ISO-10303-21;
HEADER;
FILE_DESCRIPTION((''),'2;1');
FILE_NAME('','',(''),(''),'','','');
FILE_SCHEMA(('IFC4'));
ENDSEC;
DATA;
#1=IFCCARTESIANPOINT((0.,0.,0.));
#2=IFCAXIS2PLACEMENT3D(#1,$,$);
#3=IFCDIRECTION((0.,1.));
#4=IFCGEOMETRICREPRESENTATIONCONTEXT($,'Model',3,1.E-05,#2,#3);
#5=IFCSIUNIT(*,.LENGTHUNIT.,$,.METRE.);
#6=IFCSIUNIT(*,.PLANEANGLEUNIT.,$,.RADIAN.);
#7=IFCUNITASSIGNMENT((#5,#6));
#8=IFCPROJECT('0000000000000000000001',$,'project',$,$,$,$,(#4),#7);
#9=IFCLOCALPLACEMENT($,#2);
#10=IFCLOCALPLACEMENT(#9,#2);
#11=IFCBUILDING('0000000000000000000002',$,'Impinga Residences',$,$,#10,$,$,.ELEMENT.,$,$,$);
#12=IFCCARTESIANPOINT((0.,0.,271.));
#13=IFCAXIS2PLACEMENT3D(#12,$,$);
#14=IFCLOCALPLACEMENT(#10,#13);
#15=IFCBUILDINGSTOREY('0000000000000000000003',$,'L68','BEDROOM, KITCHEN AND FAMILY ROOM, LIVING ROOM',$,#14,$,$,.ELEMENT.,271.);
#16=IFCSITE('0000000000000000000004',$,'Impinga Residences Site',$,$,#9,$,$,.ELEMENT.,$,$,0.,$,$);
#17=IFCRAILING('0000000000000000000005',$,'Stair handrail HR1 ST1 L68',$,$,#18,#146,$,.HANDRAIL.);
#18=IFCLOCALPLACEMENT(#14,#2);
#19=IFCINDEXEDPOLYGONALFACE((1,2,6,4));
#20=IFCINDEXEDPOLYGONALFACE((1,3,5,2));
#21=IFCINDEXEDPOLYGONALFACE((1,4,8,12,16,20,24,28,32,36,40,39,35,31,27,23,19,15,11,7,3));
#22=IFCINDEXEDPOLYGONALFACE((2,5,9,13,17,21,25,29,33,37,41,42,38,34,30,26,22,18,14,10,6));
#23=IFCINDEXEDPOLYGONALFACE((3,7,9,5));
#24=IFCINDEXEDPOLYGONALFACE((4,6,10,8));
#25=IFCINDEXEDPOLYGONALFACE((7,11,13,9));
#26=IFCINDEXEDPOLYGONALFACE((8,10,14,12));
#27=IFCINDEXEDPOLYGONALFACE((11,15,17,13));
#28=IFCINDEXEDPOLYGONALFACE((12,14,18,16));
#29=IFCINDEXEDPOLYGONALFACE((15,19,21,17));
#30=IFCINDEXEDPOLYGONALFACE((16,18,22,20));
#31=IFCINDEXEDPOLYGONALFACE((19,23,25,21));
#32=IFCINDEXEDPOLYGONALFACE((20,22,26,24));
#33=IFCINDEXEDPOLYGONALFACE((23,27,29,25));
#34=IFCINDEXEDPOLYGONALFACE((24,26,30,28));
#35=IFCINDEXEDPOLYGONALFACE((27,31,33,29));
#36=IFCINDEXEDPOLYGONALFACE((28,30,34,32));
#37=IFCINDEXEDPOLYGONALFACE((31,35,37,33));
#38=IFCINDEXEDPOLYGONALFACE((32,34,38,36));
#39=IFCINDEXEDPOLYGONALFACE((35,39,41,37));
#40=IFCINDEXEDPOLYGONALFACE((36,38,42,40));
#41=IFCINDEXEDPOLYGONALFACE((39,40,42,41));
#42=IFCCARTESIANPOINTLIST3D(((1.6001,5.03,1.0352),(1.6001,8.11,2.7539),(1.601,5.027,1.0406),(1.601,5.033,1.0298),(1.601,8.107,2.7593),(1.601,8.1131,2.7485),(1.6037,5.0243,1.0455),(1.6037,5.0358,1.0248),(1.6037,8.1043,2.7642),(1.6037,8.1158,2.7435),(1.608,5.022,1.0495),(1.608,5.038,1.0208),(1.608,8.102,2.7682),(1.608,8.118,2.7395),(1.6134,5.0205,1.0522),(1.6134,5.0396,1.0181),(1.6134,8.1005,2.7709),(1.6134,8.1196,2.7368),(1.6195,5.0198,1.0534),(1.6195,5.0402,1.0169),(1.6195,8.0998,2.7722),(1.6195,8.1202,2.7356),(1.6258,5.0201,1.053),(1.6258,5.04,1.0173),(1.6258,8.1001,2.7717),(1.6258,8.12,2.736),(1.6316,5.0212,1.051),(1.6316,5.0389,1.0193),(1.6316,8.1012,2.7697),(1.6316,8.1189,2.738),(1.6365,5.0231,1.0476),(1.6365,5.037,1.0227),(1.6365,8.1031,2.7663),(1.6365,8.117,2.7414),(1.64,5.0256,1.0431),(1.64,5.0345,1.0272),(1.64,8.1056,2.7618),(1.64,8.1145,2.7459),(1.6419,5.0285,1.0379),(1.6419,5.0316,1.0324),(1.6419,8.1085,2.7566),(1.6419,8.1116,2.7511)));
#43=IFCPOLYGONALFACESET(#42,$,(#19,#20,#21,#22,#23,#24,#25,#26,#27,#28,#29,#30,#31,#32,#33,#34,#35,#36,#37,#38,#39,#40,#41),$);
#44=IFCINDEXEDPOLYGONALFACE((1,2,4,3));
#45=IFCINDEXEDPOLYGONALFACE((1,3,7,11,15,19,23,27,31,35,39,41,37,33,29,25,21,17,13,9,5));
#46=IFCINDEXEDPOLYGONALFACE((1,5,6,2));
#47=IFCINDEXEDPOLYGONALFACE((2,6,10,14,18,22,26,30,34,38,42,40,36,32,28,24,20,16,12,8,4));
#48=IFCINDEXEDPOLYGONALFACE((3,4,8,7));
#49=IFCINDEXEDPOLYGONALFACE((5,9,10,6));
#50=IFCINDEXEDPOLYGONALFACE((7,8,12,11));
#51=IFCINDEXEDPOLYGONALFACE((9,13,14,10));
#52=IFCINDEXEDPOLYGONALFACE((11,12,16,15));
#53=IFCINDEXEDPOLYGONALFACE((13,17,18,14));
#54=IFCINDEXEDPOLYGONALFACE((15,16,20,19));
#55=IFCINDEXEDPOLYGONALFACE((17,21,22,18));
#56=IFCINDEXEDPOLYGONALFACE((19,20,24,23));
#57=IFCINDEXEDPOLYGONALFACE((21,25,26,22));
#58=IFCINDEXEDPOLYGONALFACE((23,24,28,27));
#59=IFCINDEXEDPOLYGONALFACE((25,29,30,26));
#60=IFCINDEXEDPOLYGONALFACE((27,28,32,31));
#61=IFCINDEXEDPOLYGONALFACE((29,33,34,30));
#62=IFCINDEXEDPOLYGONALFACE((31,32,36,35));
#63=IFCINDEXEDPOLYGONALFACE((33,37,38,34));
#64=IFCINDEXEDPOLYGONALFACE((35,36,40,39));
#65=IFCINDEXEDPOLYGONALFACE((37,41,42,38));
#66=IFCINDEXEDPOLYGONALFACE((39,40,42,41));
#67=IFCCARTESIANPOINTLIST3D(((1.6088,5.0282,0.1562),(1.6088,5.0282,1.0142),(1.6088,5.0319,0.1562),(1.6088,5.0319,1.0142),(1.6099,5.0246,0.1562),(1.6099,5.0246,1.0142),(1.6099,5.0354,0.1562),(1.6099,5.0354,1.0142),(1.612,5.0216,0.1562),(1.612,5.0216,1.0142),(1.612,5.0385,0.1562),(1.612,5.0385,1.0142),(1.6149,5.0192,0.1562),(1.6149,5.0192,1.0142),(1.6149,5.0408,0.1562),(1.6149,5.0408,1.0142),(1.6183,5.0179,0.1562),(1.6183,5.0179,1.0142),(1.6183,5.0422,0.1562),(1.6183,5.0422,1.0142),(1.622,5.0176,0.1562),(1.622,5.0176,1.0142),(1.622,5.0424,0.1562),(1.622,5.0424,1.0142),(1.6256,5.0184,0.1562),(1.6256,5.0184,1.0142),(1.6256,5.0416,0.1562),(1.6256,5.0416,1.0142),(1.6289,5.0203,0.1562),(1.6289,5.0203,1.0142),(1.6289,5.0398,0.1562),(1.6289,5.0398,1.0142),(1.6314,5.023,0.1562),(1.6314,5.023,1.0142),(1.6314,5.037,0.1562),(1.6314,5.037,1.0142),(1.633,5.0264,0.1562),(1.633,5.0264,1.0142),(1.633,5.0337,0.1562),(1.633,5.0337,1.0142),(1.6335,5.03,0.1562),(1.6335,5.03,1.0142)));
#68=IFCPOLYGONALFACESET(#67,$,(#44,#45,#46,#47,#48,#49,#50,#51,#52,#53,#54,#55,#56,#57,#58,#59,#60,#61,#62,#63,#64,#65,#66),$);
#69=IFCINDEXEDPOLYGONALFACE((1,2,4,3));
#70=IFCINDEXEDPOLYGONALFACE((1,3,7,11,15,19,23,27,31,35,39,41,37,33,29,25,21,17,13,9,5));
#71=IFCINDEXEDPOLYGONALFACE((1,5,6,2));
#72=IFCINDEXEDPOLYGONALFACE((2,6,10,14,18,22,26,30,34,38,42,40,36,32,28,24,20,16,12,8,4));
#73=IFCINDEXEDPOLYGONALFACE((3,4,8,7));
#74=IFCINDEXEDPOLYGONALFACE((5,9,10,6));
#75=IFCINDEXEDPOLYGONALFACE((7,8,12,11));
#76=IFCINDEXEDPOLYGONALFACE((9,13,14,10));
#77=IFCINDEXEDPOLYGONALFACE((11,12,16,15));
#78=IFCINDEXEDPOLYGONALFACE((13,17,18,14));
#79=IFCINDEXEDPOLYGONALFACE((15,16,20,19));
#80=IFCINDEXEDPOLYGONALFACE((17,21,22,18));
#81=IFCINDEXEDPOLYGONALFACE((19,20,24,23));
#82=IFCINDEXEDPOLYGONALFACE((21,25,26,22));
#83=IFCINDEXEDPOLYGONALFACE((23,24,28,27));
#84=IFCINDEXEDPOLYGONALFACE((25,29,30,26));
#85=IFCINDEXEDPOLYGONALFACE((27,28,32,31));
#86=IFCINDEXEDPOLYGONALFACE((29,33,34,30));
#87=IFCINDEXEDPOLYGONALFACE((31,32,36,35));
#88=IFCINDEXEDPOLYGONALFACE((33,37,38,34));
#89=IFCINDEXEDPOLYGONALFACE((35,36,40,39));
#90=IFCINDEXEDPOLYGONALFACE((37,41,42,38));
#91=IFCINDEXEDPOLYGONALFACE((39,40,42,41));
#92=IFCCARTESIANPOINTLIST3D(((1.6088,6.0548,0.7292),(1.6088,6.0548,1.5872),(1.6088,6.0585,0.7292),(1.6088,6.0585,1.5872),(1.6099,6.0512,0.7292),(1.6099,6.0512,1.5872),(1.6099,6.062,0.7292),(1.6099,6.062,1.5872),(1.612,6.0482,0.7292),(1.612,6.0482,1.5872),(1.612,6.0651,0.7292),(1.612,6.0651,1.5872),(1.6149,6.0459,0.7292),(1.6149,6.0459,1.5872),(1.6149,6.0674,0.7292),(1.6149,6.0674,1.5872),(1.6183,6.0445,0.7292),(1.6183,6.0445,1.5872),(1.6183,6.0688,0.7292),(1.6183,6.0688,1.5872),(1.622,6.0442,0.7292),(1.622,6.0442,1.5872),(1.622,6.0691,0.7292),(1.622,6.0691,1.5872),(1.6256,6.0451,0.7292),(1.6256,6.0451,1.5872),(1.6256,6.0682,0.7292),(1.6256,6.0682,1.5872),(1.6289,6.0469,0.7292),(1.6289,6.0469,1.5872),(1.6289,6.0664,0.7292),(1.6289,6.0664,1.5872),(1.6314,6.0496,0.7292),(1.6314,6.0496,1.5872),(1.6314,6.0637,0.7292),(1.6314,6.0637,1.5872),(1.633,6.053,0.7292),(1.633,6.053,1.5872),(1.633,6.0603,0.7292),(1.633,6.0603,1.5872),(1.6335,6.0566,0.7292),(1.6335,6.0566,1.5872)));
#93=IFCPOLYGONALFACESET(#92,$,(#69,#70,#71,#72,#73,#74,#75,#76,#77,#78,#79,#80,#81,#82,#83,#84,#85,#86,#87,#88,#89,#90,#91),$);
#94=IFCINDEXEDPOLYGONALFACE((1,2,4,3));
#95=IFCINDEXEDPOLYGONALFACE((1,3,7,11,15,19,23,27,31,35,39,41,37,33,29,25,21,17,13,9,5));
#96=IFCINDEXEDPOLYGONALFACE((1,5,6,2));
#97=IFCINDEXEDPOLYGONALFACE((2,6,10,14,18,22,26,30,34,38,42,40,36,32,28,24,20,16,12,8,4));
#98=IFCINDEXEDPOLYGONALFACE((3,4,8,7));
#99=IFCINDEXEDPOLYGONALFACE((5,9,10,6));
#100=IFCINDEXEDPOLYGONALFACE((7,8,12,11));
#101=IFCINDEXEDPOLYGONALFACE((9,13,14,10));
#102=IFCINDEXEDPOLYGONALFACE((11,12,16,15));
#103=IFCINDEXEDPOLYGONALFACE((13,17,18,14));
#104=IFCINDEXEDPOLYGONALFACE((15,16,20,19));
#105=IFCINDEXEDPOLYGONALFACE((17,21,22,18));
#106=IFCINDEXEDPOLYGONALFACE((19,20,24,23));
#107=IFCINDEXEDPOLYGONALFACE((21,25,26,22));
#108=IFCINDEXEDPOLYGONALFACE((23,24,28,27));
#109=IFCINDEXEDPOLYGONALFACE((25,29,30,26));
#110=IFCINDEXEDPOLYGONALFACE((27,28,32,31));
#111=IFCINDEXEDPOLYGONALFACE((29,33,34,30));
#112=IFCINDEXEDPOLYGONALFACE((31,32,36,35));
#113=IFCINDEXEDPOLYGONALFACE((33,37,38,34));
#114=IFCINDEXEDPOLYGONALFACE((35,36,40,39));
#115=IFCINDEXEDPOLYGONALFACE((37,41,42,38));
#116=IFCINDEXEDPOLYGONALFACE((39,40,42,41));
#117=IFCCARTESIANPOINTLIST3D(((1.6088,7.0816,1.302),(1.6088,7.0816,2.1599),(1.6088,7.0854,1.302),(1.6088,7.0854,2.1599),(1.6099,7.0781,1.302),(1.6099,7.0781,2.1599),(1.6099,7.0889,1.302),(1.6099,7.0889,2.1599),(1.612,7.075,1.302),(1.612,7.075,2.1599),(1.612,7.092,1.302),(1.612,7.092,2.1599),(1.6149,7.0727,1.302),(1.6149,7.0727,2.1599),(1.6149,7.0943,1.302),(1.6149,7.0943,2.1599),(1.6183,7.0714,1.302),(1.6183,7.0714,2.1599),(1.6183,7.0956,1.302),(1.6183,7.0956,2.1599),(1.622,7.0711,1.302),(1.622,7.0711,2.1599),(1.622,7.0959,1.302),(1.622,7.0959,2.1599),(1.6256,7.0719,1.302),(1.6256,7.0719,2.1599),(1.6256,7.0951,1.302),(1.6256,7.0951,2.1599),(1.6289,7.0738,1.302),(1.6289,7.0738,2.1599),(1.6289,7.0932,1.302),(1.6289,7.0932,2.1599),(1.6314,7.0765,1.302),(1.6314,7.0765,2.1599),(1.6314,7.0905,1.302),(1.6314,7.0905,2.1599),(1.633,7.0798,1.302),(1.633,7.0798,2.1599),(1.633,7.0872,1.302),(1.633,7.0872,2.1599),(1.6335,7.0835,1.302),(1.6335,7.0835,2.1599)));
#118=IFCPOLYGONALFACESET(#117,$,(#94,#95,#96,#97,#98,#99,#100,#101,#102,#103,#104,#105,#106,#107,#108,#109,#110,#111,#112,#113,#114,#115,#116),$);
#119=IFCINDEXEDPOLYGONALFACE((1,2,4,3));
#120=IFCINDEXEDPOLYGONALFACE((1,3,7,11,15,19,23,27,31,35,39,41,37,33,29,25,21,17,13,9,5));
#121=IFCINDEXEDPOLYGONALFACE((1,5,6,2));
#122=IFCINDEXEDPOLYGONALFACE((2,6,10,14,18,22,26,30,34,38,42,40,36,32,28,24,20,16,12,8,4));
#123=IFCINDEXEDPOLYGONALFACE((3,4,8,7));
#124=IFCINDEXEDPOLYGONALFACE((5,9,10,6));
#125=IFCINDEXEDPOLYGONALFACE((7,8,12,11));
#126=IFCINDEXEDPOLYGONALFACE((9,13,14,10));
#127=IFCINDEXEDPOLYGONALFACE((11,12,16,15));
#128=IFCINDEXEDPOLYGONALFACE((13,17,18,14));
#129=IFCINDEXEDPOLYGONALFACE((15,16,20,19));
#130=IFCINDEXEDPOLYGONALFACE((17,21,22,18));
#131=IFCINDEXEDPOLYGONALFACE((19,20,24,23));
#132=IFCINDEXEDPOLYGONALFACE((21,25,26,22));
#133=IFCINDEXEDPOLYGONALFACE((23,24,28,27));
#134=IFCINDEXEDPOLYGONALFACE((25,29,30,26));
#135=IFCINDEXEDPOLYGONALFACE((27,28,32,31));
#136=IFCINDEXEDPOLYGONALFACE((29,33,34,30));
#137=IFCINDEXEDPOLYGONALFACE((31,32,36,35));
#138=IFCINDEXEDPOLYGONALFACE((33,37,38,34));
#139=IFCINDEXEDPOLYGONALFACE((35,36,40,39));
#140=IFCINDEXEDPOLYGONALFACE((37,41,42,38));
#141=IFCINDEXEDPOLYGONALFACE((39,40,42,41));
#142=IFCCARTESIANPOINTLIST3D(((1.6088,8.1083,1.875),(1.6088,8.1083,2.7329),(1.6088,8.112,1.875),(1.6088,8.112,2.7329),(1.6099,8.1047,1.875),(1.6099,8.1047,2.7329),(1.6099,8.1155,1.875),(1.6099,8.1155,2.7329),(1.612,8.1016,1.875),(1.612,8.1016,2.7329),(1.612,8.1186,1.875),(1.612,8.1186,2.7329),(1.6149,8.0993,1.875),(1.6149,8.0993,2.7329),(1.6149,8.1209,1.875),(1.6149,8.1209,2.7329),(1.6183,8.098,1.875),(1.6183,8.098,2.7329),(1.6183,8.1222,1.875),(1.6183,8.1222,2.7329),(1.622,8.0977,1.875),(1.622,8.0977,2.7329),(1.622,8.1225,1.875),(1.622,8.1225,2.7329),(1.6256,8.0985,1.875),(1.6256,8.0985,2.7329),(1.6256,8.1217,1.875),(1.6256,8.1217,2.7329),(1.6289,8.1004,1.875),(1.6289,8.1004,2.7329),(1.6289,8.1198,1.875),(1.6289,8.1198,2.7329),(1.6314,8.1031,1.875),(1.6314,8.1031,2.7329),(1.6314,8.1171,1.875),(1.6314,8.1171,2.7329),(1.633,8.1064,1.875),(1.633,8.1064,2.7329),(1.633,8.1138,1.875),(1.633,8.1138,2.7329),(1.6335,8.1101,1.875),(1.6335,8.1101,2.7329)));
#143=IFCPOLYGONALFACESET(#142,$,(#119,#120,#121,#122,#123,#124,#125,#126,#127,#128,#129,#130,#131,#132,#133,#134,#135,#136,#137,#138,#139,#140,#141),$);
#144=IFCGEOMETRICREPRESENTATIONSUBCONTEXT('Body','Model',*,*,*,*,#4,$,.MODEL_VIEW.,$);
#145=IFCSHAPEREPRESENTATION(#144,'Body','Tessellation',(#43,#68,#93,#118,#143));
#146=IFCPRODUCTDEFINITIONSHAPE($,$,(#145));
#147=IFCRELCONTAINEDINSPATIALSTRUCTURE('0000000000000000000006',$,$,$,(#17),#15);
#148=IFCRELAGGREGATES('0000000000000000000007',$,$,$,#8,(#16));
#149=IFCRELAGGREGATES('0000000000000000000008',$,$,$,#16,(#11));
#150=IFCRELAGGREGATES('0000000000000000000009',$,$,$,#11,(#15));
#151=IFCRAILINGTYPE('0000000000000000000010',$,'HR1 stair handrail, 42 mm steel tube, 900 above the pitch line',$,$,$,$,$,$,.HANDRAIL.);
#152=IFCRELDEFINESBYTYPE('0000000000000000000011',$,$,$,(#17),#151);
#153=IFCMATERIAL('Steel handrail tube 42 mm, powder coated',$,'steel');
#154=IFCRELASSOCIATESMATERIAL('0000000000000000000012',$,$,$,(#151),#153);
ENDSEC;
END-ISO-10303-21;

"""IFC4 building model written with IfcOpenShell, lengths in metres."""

from ifc_helpers import new_model, si_unit, direction, frame, origin, origin_2d, place, context, subcontext, project, spatial, circle, extrude, material, type_object, element, save


model = new_model("IFC4")

# Units and contexts
model_context = context("Model", 3, precision=1e-05, world=origin(), true_north=direction((0.0, 1.0)))
body_context = subcontext(model_context, "Body", "Model", "MODEL_VIEW")
ifc_project = project(units=[si_unit("LENGTHUNIT", "METRE"), si_unit("PLANEANGLEUNIT", "RADIAN")], contexts=[model_context])

# Site, building, storey
site_placement = place(None, origin())
site = spatial("IfcSite", under=ifc_project, at=site_placement, Name="Impinga Residences Site", CompositionType="ELEMENT", RefElevation=0.0)
building_placement = place(site_placement, origin())
building = spatial("IfcBuilding", under=site, at=building_placement, Name="Impinga Residences", CompositionType="ELEMENT")
storey_placement = place(building_placement, frame((0.0, 0.0, 271.0)))
storey = spatial("IfcBuildingStorey", under=building, at=storey_placement, Name="L68", Description="BEDROOM, KITCHEN AND FAMILY ROOM, LIVING ROOM", CompositionType="ELEMENT", Elevation=271.0)

# Railing
ifc_material_1 = material(Name="Steel handrail tube 42 mm, powder coated", Category="steel")
railing_type_1 = type_object("IfcRailingType", Name="HR1 stair handrail, 42 mm steel tube, 900 above the pitch line", PredefinedType="HANDRAIL", material=ifc_material_1)
railing_1_placement = place(storey_placement, frame((1.6211, 5.03, 0.1562)))
element("IfcRailing", 1, at=railing_1_placement, inside=storey, type_object=railing_type_1, Name="Stair handrail HR1 ST1 L68", PredefinedType="HANDRAIL", context=body_context, shape_type="SweptSolid", body=[
    extrude(circle(Radius=0.021, at=origin_2d()), frame((0.0, 0.0, 0.8789), z_axis=(0.0, 0.873242, 0.487288), x_axis=(-1.0, 0.0, 0.0)), (0.0, 0.0, 1.0), 3.5271),
    extrude(circle(Radius=0.0125, at=origin_2d()), origin(), (0.0, 0.0, 1.0), 0.8579),
    extrude(circle(Radius=0.0125, at=origin_2d()), frame((0.0, 1.0266, 0.573)), (0.0, 0.0, 1.0), 0.8579),
    extrude(circle(Radius=0.0125, at=origin_2d()), frame((0.0, 2.0535, 1.1458)), (0.0, 0.0, 1.0), 0.8579),
    extrude(circle(Radius=0.0125, at=origin_2d()), frame((0.0, 3.0801, 1.7188)), (0.0, 0.0, 1.0), 0.8579),
])

save(model, "model.ifc")
